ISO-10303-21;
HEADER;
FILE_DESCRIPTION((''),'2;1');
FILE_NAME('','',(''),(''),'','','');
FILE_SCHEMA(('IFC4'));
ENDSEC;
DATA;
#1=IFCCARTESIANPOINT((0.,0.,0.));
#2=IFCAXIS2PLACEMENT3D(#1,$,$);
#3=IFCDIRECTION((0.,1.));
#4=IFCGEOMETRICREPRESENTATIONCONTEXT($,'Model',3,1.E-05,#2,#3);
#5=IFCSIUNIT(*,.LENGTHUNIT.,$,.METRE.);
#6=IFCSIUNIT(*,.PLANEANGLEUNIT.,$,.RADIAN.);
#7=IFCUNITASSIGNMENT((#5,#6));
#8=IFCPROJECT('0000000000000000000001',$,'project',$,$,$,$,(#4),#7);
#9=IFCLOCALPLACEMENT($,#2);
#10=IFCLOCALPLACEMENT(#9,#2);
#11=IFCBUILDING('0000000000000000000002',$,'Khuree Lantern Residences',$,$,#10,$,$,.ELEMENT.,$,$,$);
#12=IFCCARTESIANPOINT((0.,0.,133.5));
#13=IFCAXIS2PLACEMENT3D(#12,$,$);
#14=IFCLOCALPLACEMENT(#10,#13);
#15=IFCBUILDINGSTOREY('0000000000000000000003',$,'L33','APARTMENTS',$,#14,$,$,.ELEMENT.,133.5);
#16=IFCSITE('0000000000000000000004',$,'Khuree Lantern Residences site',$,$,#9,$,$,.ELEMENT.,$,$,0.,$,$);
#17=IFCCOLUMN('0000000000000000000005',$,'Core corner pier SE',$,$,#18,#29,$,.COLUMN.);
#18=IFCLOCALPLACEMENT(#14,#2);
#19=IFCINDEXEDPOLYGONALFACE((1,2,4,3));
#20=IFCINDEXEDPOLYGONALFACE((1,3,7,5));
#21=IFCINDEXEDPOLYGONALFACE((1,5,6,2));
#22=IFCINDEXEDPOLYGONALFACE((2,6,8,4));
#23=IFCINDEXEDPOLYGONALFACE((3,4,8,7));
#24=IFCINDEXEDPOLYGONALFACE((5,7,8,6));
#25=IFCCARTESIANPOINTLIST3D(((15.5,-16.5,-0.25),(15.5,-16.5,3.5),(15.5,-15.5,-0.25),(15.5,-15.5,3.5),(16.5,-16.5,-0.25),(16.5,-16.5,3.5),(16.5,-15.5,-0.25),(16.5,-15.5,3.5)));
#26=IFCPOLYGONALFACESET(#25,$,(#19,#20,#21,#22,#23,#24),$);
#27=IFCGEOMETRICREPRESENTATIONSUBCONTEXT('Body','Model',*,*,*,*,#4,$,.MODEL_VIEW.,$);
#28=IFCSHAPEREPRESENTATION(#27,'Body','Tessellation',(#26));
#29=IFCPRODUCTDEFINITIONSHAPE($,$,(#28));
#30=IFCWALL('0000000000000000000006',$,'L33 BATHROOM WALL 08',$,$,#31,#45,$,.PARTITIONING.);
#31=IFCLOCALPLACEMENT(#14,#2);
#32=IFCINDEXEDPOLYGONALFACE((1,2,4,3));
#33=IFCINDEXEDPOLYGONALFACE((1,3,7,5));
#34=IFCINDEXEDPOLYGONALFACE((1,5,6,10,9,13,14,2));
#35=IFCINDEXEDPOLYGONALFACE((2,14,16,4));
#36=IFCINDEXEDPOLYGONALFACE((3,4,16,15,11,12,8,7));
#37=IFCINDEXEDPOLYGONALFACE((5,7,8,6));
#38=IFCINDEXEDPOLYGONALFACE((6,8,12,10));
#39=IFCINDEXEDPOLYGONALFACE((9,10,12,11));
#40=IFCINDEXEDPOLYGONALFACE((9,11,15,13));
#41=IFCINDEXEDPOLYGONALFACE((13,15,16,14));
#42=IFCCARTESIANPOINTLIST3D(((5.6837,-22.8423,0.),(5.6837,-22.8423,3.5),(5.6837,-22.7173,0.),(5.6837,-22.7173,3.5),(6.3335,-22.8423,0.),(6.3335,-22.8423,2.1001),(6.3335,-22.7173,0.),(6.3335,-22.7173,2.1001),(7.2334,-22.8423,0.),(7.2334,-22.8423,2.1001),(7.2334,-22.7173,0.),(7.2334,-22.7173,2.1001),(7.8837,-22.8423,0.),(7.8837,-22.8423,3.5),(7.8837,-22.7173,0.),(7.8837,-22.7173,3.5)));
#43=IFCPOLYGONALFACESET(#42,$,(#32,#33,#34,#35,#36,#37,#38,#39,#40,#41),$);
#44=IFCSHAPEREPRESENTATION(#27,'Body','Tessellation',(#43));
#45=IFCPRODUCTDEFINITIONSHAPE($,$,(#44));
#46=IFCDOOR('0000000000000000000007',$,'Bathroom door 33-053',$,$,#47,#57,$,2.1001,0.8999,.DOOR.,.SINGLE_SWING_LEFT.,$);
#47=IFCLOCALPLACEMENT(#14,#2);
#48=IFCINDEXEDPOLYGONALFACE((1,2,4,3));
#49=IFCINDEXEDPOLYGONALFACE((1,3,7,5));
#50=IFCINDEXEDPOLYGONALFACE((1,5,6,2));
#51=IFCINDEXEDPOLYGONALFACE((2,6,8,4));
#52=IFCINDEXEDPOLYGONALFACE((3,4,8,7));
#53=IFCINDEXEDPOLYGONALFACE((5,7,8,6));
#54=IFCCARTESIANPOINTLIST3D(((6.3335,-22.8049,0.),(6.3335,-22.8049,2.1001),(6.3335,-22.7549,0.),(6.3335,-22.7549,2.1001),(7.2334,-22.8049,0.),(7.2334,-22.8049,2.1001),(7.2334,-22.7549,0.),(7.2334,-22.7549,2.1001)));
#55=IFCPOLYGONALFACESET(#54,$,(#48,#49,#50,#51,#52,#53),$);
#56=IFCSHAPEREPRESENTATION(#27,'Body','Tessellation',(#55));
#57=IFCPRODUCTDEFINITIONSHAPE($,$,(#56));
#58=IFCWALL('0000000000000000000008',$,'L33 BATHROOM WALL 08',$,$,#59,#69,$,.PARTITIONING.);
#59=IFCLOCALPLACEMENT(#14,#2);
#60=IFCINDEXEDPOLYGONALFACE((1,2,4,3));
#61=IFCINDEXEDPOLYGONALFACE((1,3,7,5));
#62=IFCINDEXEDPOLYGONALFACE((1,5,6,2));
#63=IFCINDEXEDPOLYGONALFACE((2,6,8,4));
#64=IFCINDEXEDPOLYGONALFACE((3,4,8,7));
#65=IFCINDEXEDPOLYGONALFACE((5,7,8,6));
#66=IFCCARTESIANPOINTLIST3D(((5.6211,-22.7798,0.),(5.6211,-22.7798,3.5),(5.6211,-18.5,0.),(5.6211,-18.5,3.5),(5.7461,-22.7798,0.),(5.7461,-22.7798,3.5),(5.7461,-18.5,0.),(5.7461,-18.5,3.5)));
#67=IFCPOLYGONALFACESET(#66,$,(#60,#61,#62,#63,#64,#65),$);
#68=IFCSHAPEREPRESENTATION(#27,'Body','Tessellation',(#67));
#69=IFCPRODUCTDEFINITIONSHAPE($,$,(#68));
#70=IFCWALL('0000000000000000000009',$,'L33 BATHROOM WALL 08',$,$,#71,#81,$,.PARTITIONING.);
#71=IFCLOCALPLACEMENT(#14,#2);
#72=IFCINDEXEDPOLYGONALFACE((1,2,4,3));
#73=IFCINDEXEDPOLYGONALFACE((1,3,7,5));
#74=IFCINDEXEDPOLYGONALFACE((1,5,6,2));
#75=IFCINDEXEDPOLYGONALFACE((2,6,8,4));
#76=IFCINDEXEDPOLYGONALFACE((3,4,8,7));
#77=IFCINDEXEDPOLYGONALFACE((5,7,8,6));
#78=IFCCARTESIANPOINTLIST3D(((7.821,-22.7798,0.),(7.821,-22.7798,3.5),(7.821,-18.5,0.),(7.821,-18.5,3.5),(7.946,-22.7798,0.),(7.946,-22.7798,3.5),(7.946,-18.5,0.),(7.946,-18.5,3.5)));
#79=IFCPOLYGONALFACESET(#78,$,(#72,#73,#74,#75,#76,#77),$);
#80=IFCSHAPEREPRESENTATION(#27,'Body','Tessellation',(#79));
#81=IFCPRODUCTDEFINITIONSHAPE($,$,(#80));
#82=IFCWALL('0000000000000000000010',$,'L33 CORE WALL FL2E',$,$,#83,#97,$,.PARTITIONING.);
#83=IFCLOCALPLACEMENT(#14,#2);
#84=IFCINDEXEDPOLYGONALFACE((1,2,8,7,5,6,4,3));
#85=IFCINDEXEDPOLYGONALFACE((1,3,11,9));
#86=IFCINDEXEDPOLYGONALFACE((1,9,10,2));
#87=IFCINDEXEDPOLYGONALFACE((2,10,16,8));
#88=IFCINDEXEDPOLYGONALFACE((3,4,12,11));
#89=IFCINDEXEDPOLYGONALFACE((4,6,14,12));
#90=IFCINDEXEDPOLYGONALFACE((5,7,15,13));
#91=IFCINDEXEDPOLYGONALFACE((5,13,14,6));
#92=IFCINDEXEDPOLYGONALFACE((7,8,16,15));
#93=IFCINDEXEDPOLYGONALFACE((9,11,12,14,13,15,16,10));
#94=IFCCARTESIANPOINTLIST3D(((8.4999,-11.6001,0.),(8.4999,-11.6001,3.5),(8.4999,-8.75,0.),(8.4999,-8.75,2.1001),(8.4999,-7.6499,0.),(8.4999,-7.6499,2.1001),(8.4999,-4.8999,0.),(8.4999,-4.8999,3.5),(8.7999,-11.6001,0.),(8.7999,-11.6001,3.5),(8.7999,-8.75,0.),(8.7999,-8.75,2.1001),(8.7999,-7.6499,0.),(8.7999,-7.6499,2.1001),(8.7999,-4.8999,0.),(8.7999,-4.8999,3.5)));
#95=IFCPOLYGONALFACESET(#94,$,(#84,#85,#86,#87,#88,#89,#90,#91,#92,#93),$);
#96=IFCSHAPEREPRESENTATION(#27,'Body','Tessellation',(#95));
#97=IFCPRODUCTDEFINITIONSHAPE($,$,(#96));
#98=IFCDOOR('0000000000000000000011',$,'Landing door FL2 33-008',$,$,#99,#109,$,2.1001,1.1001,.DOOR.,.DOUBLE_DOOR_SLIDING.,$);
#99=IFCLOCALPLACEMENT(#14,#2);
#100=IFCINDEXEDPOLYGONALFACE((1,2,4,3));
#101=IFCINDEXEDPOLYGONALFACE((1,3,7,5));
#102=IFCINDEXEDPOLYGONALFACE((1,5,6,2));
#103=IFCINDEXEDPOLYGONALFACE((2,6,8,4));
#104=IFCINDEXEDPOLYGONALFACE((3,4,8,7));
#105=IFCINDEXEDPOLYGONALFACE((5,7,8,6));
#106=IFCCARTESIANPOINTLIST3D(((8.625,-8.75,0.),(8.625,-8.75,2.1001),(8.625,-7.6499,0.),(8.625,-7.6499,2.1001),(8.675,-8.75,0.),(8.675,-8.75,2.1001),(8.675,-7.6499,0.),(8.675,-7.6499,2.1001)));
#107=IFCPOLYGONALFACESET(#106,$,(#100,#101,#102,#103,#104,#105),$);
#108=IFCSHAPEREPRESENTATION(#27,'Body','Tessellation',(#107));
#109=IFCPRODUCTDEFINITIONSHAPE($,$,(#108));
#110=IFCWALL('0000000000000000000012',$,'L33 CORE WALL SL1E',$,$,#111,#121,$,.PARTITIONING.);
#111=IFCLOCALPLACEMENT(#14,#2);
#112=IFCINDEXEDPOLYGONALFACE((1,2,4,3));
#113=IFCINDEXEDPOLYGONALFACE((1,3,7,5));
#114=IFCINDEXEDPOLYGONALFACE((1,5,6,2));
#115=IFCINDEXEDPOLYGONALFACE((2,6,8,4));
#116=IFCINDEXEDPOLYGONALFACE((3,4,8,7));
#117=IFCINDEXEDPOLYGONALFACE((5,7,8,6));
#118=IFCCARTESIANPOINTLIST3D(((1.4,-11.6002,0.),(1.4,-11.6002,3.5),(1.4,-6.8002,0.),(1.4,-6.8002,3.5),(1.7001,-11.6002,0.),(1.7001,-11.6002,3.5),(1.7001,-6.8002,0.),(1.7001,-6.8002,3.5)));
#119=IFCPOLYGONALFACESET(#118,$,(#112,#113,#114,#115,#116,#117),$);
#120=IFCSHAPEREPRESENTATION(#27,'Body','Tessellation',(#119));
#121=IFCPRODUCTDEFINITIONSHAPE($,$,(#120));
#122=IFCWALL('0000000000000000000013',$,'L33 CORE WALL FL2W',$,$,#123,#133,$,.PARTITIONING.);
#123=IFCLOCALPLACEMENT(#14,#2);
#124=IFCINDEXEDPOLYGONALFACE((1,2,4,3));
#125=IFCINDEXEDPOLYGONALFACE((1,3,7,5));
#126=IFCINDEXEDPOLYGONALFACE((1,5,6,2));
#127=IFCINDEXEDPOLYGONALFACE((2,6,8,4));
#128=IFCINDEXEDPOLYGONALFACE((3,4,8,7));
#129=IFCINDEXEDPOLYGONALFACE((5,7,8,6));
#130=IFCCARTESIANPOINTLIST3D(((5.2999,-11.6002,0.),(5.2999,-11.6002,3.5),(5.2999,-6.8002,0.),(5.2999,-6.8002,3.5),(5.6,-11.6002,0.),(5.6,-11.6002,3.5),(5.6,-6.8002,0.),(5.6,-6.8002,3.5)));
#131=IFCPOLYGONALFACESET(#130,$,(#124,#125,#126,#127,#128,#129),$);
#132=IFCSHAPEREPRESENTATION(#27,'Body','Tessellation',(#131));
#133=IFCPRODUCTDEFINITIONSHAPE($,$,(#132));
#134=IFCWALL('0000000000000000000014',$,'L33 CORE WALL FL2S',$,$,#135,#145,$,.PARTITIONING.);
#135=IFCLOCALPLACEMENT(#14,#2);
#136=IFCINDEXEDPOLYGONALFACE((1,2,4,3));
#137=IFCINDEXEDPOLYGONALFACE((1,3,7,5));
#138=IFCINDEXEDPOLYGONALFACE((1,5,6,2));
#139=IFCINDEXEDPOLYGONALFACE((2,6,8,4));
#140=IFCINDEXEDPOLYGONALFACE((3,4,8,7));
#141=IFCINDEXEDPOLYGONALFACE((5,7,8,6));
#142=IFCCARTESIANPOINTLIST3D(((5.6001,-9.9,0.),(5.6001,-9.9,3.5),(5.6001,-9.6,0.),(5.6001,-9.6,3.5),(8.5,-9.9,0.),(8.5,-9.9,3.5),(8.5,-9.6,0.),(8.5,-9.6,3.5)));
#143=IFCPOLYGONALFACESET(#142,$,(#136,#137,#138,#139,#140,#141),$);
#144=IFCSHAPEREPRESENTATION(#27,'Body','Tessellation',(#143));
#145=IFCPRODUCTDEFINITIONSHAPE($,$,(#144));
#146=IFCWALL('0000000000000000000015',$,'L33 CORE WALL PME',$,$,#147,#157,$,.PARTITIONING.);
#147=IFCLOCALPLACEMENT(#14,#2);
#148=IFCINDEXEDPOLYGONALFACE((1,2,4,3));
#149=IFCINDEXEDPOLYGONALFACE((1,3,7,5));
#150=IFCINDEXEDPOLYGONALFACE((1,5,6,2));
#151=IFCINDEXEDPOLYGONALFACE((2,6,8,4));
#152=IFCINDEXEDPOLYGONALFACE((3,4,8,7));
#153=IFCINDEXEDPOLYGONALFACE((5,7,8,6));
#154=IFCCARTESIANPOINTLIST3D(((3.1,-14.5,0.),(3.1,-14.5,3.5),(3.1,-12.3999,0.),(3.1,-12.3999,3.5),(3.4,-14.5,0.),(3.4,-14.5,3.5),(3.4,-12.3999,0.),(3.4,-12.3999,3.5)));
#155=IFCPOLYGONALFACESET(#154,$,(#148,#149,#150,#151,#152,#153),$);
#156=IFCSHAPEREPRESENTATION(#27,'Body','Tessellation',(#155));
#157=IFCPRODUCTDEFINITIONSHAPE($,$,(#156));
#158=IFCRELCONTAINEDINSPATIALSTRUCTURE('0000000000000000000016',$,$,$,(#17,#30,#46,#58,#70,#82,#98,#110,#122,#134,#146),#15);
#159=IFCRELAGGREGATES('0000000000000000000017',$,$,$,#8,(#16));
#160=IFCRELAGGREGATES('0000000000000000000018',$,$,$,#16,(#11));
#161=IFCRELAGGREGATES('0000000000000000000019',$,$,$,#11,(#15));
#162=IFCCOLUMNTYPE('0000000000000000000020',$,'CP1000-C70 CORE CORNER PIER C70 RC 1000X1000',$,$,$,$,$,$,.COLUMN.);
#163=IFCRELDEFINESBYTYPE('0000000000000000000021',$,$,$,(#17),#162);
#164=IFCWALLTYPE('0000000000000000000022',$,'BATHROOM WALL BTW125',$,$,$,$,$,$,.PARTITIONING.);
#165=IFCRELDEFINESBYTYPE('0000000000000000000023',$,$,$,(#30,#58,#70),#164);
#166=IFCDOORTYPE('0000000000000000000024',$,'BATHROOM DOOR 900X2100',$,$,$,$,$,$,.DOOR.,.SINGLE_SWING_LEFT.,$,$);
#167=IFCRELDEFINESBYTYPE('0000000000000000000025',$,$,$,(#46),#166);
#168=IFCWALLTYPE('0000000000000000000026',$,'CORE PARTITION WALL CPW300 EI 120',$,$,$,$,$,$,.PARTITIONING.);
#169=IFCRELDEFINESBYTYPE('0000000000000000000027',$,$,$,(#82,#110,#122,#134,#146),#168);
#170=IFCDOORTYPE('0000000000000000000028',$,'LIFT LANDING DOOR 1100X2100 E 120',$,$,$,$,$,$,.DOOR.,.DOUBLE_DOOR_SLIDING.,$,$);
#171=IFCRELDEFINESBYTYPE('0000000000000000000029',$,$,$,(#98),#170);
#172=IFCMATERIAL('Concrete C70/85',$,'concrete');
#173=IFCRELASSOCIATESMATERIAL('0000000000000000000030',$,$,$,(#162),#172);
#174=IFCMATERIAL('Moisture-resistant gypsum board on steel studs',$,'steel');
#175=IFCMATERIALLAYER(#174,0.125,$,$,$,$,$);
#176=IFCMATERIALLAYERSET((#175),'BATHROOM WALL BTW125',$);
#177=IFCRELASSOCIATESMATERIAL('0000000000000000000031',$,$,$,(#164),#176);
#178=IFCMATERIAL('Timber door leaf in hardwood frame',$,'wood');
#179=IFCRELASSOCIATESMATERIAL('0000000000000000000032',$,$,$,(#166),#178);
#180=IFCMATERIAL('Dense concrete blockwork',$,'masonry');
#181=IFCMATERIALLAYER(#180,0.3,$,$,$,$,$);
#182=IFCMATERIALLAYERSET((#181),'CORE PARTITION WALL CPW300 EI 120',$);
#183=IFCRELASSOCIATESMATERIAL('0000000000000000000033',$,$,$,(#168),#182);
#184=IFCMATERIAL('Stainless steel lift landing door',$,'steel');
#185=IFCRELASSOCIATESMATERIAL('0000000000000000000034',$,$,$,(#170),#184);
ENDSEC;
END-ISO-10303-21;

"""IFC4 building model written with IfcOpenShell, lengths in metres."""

from ifc_helpers import new_model, si_unit, direction, frame, frame_2d, origin, origin_2d, place, context, subcontext, project, spatial, rectangle, extrude, material, layer, layer_set, material_profile, profile_set, type_object, element, fill, save


model = new_model("IFC4")

# Units and contexts
model_context = context("Model", 3, precision=1e-05, world=origin(), true_north=direction((0.0, 1.0)))
body_context = subcontext(model_context, "Body", "Model", "MODEL_VIEW")
ifc_project = project(units=[si_unit("LENGTHUNIT", "METRE"), si_unit("PLANEANGLEUNIT", "RADIAN")], contexts=[model_context])

# Site, building, storey
site_placement = place(None, origin())
site = spatial("IfcSite", under=ifc_project, at=site_placement, Name="Khuree Lantern Residences site", CompositionType="ELEMENT", RefElevation=0.0)
building_placement = place(site_placement, origin())
building = spatial("IfcBuilding", under=site, at=building_placement, Name="Khuree Lantern Residences", CompositionType="ELEMENT")
storey_placement = place(building_placement, frame((0.0, 0.0, 133.5)))
storey = spatial("IfcBuildingStorey", under=building, at=storey_placement, Name="L33", Description="APARTMENTS", CompositionType="ELEMENT", Elevation=133.5)

# Column
ifc_material_1 = material(Name="Concrete C70/85", Category="concrete")
ifc_material_profile = material_profile(ifc_material_1, rectangle(XDim=1.0, YDim=1.0, at=origin_2d()), Name="RC 1000X1000")
ifc_profile_set = profile_set([ifc_material_profile], Name="Concrete C70/85")
column_type = type_object("IfcColumnType", Name="CP1000-C70 CORE CORNER PIER C70 RC 1000X1000", PredefinedType="COLUMN", material=ifc_profile_set)
column_placement = place(storey_placement, frame((16.0, -16.0, -0.25), z_axis=(0.0, 0.0, 1.0), x_axis=(1.0, 0.0, 0.0)))
element("IfcColumn", 1, at=column_placement, inside=storey, type_object=column_type, Name="Core corner pier SE", PredefinedType="COLUMN", context=body_context, shape_type="SweptSolid", body=[
    extrude(rectangle(XDim=1.0, YDim=1.0, at=origin_2d()), origin(), (0.0, 0.0, 1.0), 3.75),
])

# Wall, opening, door
ifc_material_2 = material(Name="Moisture-resistant gypsum board on steel studs", Category="steel")
ifc_layer_1 = layer(ifc_material_2, 0.125)
ifc_layer_set_1 = layer_set([ifc_layer_1], Name="BATHROOM WALL BTW125")
wall_type_1 = type_object("IfcWallType", Name="BATHROOM WALL BTW125", PredefinedType="PARTITIONING", material=ifc_layer_set_1)
wall_1_placement = place(storey_placement, frame((5.6836, -22.7798, 0.0), z_axis=(0.0, 0.0, 1.0), x_axis=(1.0, 0.0, 0.0)))
wall_1 = element("IfcWall", 2, at=wall_1_placement, inside=storey, type_object=wall_type_1, Name="L33 BATHROOM WALL 08", PredefinedType="PARTITIONING", context=body_context, shape_type="SweptSolid", body=[
    extrude(rectangle(XDim=2.2, YDim=0.125, at=frame_2d((1.1001, 0.0))), origin(), (0.0, 0.0, 1.0), 3.5),
])
opening_1_placement = place(wall_1_placement, frame((0.6499, 0.0, 0.0)))
opening_1 = element("IfcOpeningElement", 3, at=opening_1_placement, cuts=wall_1, PredefinedType="OPENING", context=body_context, shape_type="SweptSolid", body=[
    extrude(rectangle(XDim=0.8999, YDim=2.1001, at=frame_2d((0.45, 1.05))), frame((0.0, 0.0725, 0.0), z_axis=(0.0, -1.0, 0.0), x_axis=(1.0, 0.0, 0.0)), (0.0, 0.0, 1.0), 0.145),
])
ifc_material_3 = material(Name="Timber door leaf in hardwood frame", Category="wood")
door_type_1 = type_object("IfcDoorType", Name="BATHROOM DOOR 900X2100", OperationType="SINGLE_SWING_LEFT", PredefinedType="DOOR", material=ifc_material_3)
door_1_placement = place(opening_1_placement, origin())
door_1 = element("IfcDoor", 4, at=door_1_placement, inside=storey, type_object=door_type_1, Name="Bathroom door 33-053", OperationType="SINGLE_SWING_LEFT", OverallHeight=2.1001, OverallWidth=0.8999, PredefinedType="DOOR", context=body_context, shape_type="SweptSolid", body=[
    extrude(rectangle(XDim=0.8999, YDim=2.1001, at=frame_2d((0.45, 1.05))), frame((0.0, 0.0249, 0.0), z_axis=(0.0, -1.0, 0.0), x_axis=(1.0, 0.0, 0.0)), (0.0, 0.0, 1.0), 0.05),
])
fill(opening_1, door_1)

# Walls
for number, where, z_axis, x_axis, name in (
    (5, (5.6836, -18.5, 0.0), (0.0, 0.0, 1.0), (0.0, -1.0, 0.0), "L33 BATHROOM WALL 08"),
    (6, (7.8835, -18.5, 0.0), (0.0, 0.0, 1.0), (0.0, -1.0, 0.0), "L33 BATHROOM WALL 08"),
):
    element("IfcWall", number, at=place(storey_placement, frame(where, z_axis=z_axis, x_axis=x_axis)), inside=storey, type_object=wall_type_1, Name=name, PredefinedType="PARTITIONING", context=body_context, shape_type="SweptSolid", body=[
        extrude(rectangle(XDim=4.2798, YDim=0.125, at=frame_2d((2.1399, 0.0))), origin(), (0.0, 0.0, 1.0), 3.5),
    ])

# Wall, opening, door
ifc_material_4 = material(Name="Dense concrete blockwork", Category="masonry")
ifc_layer_2 = layer(ifc_material_4, 0.3)
ifc_layer_set_2 = layer_set([ifc_layer_2], Name="CORE PARTITION WALL CPW300 EI 120")
wall_type_2 = type_object("IfcWallType", Name="CORE PARTITION WALL CPW300 EI 120", PredefinedType="PARTITIONING", material=ifc_layer_set_2)
wall_2_placement = place(storey_placement, frame((8.6499, -11.6001, 0.0), z_axis=(0.0, 0.0, 1.0), x_axis=(0.0, 1.0, 0.0)))
wall_2 = element("IfcWall", 7, at=wall_2_placement, inside=storey, type_object=wall_type_2, Name="L33 CORE WALL FL2E", PredefinedType="PARTITIONING", context=body_context, shape_type="SweptSolid", body=[
    extrude(rectangle(XDim=6.7002, YDim=0.3, at=frame_2d((3.3501, 0.0))), origin(), (0.0, 0.0, 1.0), 3.5),
])
opening_2_placement = place(wall_2_placement, frame((2.8501, 0.0, 0.0)))
opening_2 = element("IfcOpeningElement", 8, at=opening_2_placement, cuts=wall_2, PredefinedType="OPENING", context=body_context, shape_type="SweptSolid", body=[
    extrude(rectangle(XDim=1.1001, YDim=2.1001, at=frame_2d((0.55, 1.05))), frame((0.0, 0.1602, 0.0), z_axis=(0.0, -1.0, 0.0), x_axis=(1.0, 0.0, 0.0)), (0.0, 0.0, 1.0), 0.3201),
])
ifc_material_5 = material(Name="Stainless steel lift landing door", Category="steel")
door_type_2 = type_object("IfcDoorType", Name="LIFT LANDING DOOR 1100X2100 E 120", OperationType="DOUBLE_DOOR_SLIDING", PredefinedType="DOOR", material=ifc_material_5)
door_2_placement = place(opening_2_placement, origin())
door_2 = element("IfcDoor", 9, at=door_2_placement, inside=storey, type_object=door_type_2, Name="Landing door FL2 33-008", OperationType="DOUBLE_DOOR_SLIDING", OverallHeight=2.1001, OverallWidth=1.1001, PredefinedType="DOOR", context=body_context, shape_type="SweptSolid", body=[
    extrude(rectangle(XDim=1.1001, YDim=2.1001, at=frame_2d((0.55, 1.05))), frame((0.0, 0.0249, 0.0), z_axis=(0.0, -1.0, 0.0), x_axis=(1.0, 0.0, 0.0)), (0.0, 0.0, 1.0), 0.05),
])
fill(opening_2, door_2)

# Walls
for number, where, z_axis, x_axis, name in (
    (10, (1.55, -11.6001, 0.0), (0.0, 0.0, 1.0), (0.0, 1.0, 0.0), "L33 CORE WALL SL1E"),
    (11, (5.45, -11.6001, 0.0), (0.0, 0.0, 1.0), (0.0, 1.0, 0.0), "L33 CORE WALL FL2W"),
):
    element("IfcWall", number, at=place(storey_placement, frame(where, z_axis=z_axis, x_axis=x_axis)), inside=storey, type_object=wall_type_2, Name=name, PredefinedType="PARTITIONING", context=body_context, shape_type="SweptSolid", body=[
        extrude(rectangle(XDim=4.8, YDim=0.3, at=frame_2d((2.3999, 0.0))), origin(), (0.0, 0.0, 1.0), 3.5),
    ])
wall_3_placement = place(storey_placement, frame((5.6001, -9.75, 0.0), z_axis=(0.0, 0.0, 1.0), x_axis=(1.0, 0.0, 0.0)))
element("IfcWall", 12, at=wall_3_placement, inside=storey, type_object=wall_type_2, Name="L33 CORE WALL FL2S", PredefinedType="PARTITIONING", context=body_context, shape_type="SweptSolid", body=[
    extrude(rectangle(XDim=2.8999, YDim=0.3, at=frame_2d((1.45, 0.0))), origin(), (0.0, 0.0, 1.0), 3.5),
])
wall_4_placement = place(storey_placement, frame((3.25, -14.5, 0.0), z_axis=(0.0, 0.0, 1.0), x_axis=(0.0, 1.0, 0.0)))
element("IfcWall", 13, at=wall_4_placement, inside=storey, type_object=wall_type_2, Name="L33 CORE WALL PME", PredefinedType="PARTITIONING", context=body_context, shape_type="SweptSolid", body=[
    extrude(rectangle(XDim=2.1001, YDim=0.3, at=frame_2d((1.05, 0.0))), origin(), (0.0, 0.0, 1.0), 3.5),
])

save(model, "model.ifc")
